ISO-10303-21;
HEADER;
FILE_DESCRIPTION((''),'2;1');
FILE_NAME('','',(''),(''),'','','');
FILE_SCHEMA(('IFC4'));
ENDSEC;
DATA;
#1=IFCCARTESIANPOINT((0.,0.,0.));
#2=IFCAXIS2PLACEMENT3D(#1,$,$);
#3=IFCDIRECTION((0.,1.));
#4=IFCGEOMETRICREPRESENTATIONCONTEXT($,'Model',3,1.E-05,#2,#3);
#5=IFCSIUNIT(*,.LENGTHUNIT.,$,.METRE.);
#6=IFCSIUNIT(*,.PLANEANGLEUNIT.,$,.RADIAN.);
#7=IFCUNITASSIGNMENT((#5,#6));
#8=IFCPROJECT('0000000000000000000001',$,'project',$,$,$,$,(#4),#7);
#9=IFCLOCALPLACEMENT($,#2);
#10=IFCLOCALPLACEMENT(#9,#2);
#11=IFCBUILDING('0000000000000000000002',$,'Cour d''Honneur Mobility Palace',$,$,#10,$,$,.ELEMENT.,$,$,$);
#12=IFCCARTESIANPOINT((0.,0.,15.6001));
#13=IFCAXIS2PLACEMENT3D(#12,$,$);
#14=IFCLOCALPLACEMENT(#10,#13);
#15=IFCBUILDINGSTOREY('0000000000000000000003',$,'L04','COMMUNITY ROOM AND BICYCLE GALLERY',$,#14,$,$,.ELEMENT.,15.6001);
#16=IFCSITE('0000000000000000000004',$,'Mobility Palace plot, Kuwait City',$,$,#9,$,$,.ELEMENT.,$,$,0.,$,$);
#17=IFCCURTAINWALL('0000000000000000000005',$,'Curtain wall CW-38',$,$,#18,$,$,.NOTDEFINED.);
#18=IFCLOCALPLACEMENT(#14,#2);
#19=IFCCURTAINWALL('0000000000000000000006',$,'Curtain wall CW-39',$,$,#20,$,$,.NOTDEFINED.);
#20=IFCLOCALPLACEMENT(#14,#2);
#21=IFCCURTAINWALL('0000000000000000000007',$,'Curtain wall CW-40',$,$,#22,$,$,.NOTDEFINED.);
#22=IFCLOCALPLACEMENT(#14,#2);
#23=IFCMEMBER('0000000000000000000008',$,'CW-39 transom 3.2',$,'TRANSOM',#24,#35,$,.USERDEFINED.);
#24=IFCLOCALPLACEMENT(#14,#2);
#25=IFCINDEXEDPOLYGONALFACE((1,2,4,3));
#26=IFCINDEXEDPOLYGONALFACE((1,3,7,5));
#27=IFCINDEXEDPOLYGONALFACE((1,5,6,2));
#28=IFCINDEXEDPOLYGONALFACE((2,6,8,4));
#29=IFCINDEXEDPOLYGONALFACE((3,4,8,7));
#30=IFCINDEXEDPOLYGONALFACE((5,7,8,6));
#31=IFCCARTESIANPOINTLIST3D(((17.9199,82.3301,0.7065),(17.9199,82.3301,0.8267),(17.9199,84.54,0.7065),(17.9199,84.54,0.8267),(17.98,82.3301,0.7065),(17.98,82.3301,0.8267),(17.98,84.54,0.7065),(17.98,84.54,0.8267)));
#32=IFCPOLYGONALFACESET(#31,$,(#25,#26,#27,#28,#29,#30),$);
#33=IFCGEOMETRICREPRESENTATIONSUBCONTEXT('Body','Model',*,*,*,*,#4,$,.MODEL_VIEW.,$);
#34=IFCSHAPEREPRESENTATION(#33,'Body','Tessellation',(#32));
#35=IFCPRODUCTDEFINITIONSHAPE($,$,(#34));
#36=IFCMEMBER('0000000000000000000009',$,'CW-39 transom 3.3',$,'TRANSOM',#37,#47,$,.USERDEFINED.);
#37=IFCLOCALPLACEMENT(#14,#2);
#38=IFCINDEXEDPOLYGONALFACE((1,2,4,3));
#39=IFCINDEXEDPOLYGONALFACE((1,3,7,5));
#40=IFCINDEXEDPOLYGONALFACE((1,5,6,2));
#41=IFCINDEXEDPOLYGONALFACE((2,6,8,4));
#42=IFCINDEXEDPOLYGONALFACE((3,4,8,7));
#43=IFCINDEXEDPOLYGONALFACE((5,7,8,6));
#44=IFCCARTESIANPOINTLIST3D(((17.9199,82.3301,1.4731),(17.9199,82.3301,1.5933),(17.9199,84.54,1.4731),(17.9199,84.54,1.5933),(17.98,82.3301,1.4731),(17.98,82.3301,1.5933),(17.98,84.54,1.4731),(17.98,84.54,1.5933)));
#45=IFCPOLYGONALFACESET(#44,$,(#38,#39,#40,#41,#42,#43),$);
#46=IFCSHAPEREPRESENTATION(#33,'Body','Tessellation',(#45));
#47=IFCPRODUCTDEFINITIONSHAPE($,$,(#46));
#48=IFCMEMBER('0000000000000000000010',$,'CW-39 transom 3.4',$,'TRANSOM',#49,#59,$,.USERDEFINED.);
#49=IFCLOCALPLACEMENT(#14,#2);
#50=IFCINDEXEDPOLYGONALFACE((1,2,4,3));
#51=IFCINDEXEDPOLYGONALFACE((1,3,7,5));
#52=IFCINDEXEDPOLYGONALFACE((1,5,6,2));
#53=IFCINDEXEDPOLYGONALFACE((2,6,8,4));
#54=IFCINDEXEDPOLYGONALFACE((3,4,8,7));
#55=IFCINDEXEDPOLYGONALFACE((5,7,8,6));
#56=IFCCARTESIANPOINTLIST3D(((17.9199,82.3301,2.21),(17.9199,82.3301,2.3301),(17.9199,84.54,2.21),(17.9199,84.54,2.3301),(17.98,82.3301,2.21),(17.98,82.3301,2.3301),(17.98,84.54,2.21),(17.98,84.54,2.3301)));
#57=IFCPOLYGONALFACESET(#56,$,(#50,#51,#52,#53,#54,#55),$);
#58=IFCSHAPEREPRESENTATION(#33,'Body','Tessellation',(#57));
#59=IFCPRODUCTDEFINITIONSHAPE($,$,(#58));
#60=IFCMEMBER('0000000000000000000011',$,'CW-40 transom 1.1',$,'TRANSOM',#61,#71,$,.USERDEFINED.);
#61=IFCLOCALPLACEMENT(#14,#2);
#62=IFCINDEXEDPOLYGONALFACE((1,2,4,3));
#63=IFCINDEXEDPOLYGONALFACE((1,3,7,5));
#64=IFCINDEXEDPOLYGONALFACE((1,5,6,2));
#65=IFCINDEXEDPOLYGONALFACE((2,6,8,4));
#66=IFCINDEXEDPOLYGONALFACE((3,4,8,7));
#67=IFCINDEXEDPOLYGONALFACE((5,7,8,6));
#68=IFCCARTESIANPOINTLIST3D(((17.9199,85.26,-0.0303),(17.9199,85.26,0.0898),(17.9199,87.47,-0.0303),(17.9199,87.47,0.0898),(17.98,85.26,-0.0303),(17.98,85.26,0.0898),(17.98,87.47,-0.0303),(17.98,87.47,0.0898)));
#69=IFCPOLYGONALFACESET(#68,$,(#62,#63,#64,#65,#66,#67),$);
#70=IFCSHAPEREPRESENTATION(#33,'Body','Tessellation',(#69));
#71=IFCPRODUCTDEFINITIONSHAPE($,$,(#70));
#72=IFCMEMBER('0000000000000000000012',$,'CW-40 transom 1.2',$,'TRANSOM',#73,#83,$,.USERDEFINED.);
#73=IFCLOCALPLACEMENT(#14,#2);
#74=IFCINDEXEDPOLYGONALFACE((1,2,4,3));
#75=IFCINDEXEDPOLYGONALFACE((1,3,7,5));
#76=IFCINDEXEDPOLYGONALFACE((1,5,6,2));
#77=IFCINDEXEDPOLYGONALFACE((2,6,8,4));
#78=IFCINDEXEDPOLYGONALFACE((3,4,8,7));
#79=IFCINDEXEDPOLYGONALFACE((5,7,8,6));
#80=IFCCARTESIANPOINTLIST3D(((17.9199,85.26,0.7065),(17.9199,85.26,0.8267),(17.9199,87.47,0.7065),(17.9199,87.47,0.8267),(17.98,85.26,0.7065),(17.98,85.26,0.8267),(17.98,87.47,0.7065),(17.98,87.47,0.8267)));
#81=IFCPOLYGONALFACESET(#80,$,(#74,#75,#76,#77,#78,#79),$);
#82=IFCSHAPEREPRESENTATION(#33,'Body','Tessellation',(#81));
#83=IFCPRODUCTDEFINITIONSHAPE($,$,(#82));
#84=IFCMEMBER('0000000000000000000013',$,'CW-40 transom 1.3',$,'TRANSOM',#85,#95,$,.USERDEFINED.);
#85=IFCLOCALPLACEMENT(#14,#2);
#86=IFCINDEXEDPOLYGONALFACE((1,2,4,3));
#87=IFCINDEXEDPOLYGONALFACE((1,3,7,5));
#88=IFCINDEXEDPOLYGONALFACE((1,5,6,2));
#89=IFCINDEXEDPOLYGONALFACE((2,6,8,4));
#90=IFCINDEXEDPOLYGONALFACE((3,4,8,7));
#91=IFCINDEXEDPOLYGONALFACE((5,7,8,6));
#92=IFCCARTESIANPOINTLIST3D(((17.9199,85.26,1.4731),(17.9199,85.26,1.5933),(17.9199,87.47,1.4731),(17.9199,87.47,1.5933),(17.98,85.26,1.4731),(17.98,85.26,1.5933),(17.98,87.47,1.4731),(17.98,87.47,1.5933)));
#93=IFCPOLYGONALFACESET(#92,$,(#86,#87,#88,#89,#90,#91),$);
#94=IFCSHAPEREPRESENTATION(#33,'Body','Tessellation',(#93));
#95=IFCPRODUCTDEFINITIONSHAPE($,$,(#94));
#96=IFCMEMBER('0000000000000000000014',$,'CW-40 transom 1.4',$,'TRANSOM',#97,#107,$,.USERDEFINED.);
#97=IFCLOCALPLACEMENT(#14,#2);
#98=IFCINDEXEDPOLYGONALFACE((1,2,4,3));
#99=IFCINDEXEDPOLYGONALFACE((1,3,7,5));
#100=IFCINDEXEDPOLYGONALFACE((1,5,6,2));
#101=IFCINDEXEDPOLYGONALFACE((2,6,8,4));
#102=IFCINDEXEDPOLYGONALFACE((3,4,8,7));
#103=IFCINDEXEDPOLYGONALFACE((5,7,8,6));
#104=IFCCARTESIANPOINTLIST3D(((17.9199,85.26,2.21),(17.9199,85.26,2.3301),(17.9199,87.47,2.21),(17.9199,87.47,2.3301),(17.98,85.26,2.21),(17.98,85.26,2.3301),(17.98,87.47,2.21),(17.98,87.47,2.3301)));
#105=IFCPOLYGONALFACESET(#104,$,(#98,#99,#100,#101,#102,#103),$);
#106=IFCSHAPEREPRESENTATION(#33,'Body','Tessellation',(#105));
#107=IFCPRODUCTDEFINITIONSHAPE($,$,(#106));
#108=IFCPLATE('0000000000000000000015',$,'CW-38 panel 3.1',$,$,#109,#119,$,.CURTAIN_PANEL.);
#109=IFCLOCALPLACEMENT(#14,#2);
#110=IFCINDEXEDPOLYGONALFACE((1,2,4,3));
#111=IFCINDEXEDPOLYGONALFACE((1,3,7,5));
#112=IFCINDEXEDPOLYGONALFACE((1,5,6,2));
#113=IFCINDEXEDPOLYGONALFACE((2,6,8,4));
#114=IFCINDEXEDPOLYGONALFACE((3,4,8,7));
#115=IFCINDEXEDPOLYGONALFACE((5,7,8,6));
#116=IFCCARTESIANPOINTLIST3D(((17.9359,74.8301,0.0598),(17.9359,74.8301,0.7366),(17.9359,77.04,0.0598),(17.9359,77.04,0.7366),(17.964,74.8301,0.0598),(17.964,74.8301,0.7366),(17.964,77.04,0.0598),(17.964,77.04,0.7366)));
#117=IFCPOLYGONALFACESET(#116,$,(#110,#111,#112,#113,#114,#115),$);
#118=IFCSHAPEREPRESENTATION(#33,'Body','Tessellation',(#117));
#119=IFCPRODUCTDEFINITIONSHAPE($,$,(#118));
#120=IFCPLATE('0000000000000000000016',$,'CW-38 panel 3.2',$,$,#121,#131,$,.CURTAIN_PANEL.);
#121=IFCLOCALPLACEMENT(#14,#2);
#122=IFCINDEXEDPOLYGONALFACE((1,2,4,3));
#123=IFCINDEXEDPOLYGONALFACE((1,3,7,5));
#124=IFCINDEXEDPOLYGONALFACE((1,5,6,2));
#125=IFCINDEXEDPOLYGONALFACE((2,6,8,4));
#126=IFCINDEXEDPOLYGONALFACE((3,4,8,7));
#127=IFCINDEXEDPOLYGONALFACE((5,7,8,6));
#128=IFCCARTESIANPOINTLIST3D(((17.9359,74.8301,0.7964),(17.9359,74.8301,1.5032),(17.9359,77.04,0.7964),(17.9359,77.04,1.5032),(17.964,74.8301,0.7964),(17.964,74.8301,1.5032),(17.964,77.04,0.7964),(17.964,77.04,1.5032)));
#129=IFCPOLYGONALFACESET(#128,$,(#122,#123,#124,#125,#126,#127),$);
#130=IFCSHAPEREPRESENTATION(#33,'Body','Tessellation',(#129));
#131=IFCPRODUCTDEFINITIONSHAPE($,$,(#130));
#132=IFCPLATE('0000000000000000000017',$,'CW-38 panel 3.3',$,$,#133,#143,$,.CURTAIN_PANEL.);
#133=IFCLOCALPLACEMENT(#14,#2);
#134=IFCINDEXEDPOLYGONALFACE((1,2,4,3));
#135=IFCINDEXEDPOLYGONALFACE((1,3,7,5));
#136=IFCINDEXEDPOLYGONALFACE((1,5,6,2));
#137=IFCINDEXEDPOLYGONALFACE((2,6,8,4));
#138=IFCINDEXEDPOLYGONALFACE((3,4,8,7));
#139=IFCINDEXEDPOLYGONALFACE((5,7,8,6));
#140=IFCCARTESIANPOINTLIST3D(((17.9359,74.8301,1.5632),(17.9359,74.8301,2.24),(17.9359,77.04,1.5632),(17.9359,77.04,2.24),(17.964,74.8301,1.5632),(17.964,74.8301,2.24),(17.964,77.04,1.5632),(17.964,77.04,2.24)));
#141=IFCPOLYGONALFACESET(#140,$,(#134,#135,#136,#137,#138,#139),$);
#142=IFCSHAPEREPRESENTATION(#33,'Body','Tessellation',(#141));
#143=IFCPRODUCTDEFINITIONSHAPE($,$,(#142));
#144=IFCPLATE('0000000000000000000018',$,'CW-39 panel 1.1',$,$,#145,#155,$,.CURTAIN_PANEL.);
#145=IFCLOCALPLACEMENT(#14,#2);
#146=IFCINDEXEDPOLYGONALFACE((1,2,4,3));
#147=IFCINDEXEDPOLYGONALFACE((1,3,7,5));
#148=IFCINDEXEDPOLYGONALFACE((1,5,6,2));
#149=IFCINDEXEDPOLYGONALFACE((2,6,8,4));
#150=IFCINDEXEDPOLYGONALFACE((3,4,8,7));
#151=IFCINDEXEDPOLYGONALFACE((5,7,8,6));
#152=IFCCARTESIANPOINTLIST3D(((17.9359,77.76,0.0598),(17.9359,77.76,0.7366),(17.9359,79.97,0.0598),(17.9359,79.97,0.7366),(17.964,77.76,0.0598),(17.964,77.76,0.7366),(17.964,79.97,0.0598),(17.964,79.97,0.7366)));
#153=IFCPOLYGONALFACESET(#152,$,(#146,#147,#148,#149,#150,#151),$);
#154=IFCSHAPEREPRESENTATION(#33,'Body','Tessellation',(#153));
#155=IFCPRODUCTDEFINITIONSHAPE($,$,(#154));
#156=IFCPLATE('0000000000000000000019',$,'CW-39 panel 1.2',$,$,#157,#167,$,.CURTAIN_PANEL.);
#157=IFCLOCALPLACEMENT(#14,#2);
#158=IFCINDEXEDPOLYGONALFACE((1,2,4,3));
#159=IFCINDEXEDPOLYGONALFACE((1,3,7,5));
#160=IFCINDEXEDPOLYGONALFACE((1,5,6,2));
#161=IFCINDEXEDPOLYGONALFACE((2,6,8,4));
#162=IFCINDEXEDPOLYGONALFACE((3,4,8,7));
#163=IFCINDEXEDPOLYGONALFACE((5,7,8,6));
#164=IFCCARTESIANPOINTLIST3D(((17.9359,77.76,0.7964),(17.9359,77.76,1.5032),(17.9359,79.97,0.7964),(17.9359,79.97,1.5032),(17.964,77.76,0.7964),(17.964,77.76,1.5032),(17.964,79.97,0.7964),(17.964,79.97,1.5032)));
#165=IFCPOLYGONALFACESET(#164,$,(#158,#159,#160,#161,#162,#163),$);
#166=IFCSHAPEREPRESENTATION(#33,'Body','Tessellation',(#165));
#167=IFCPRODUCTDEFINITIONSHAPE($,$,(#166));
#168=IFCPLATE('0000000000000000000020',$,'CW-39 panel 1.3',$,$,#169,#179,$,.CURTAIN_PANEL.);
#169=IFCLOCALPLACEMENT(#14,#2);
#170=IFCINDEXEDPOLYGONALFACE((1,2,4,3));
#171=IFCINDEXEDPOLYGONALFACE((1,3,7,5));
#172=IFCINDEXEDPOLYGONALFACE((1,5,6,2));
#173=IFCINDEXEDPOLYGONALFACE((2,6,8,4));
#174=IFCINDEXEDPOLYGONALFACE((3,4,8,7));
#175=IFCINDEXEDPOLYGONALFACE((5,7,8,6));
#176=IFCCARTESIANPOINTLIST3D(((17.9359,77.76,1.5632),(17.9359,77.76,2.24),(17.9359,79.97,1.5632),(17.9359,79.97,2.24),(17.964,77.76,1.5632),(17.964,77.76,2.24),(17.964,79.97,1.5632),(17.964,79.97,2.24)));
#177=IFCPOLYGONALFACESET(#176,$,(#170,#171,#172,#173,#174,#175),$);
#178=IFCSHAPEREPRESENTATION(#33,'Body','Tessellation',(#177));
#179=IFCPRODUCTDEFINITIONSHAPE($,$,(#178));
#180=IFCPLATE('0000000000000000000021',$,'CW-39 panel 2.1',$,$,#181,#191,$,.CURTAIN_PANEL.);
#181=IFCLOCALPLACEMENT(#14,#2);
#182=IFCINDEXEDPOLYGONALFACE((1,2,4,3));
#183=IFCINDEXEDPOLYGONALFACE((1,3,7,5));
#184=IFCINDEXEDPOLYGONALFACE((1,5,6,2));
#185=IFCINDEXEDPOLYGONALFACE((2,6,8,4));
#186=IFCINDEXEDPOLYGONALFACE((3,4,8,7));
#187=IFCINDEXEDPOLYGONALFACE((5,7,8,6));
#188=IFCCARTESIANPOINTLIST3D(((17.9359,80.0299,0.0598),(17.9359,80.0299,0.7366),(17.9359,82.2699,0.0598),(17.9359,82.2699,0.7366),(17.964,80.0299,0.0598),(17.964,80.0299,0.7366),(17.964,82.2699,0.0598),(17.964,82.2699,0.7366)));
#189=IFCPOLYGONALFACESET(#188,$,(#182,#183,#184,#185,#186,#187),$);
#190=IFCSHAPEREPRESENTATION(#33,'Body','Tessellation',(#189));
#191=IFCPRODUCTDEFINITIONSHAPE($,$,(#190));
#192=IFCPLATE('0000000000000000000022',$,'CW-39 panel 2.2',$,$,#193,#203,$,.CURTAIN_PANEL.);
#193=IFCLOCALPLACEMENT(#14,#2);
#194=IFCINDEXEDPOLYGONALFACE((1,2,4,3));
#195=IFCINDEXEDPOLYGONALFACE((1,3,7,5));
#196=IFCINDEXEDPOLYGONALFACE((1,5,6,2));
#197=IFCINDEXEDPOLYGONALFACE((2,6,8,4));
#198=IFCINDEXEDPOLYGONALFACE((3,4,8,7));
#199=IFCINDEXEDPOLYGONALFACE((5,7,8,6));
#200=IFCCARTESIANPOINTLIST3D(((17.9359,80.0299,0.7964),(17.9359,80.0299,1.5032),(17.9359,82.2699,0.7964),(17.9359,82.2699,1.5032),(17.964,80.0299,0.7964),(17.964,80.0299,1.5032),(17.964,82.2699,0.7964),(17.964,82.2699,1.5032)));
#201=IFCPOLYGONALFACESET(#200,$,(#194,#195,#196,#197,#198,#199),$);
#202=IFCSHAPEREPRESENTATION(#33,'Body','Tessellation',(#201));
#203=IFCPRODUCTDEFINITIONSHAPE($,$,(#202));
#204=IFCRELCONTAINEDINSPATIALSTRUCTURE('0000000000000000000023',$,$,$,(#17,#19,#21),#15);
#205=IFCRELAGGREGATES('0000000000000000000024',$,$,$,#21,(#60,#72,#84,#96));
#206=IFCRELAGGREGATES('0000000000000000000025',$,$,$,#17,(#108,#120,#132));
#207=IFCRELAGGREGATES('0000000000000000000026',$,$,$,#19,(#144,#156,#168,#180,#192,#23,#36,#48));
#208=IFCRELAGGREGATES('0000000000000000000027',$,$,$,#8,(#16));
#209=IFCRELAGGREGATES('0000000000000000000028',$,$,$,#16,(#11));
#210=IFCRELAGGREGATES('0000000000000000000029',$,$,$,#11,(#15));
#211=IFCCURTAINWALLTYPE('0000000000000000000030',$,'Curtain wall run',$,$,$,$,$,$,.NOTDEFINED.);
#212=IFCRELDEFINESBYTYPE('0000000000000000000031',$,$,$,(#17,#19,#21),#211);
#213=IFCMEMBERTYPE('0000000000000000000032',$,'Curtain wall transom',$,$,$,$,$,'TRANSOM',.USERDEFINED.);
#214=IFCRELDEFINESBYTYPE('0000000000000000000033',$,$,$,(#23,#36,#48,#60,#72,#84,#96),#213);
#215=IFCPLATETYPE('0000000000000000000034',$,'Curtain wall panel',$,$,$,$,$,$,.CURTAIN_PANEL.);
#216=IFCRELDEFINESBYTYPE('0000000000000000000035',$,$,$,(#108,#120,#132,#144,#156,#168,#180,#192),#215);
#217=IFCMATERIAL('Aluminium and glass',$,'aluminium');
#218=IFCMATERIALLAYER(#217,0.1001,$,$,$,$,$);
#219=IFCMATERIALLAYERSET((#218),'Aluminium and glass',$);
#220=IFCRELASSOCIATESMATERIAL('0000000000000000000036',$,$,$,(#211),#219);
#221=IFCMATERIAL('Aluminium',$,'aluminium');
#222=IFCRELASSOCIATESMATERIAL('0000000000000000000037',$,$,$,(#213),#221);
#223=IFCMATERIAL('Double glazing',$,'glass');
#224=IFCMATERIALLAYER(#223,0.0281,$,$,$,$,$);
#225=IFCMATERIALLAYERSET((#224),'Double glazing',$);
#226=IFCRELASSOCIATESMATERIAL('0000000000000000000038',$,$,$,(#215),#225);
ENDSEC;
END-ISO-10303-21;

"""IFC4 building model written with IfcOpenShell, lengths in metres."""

from ifc_helpers import new_model, si_unit, direction, frame, origin, origin_2d, place, context, subcontext, project, spatial, rectangle, extrude, material, layer, layer_set, material_profile, profile_set, type_object, element, aggregate, save


model = new_model("IFC4")

# Units and contexts
model_context = context("Model", 3, precision=1e-05, world=origin(), true_north=direction((0.0, 1.0)))
body_context = subcontext(model_context, "Body", "Model", "MODEL_VIEW")
ifc_project = project(units=[si_unit("LENGTHUNIT", "METRE"), si_unit("PLANEANGLEUNIT", "RADIAN")], contexts=[model_context])

# Site, building, storey
site_placement = place(None, origin())
site = spatial("IfcSite", under=ifc_project, at=site_placement, Name="Mobility Palace plot, Kuwait City", CompositionType="ELEMENT", RefElevation=0.0)
building_placement = place(site_placement, origin())
building = spatial("IfcBuilding", under=site, at=building_placement, Name="Cour d'Honneur Mobility Palace", CompositionType="ELEMENT")
storey_placement = place(building_placement, frame((0.0, 0.0, 15.6001)))
storey = spatial("IfcBuildingStorey", under=building, at=storey_placement, Name="L04", Description="COMMUNITY ROOM AND BICYCLE GALLERY", CompositionType="ELEMENT", Elevation=15.6001)

# Curtain wall
ifc_material_1 = material(Name="Aluminium and glass", Category="aluminium")
ifc_layer_1 = layer(ifc_material_1, 0.1001)
ifc_layer_set_1 = layer_set([ifc_layer_1], Name="Aluminium and glass")
curtain_wall_type = type_object("IfcCurtainWallType", Name="Curtain wall run", PredefinedType="NOTDEFINED", material=ifc_layer_set_1)
curtain_wall_1_placement = place(storey_placement, origin())
curtain_wall_1 = element("IfcCurtainWall", 1, at=curtain_wall_1_placement, inside=storey, type_object=curtain_wall_type, Name="Curtain wall CW-38", PredefinedType="NOTDEFINED")

# Curtain wall
curtain_wall_2_placement = place(storey_placement, origin())
curtain_wall_2 = element("IfcCurtainWall", 2, at=curtain_wall_2_placement, inside=storey, type_object=curtain_wall_type, Name="Curtain wall CW-39", PredefinedType="NOTDEFINED")

# Curtain wall
curtain_wall_3_placement = place(storey_placement, origin())
curtain_wall_3 = element("IfcCurtainWall", 3, at=curtain_wall_3_placement, inside=storey, type_object=curtain_wall_type, Name="Curtain wall CW-40", PredefinedType="NOTDEFINED")

# Members
ifc_material_2 = material(Name="Aluminium", Category="aluminium")
ifc_material_profile_1 = material_profile(ifc_material_2, rectangle(XDim=0.0601, YDim=0.1201, at=origin_2d()), Name="Curtain wall transom")
ifc_profile_set_1 = profile_set([ifc_material_profile_1], Name="Aluminium")
member_type_1 = type_object("IfcMemberType", Name="Curtain wall transom", ElementType="TRANSOM", PredefinedType="USERDEFINED", material=ifc_profile_set_1)
member_1_placement = place(storey_placement, frame((17.95, 82.3301, 0.7666), z_axis=(0.0, 1.0, 0.0), x_axis=(-1.0, 0.0, 0.0)))
member_1 = element("IfcMember", 4, at=member_1_placement, type_object=member_type_1, Name="CW-39 transom 3.2", ObjectType="TRANSOM", PredefinedType="USERDEFINED", context=body_context, shape_type="SweptSolid", body=[
    extrude(rectangle(XDim=0.0601, YDim=0.1201, at=origin_2d()), origin(), (0.0, 0.0, 1.0), 2.21),
])
member_2_placement = place(storey_placement, frame((17.95, 82.3301, 1.5332), z_axis=(0.0, 1.0, 0.0), x_axis=(-1.0, 0.0, 0.0)))
member_2 = element("IfcMember", 5, at=member_2_placement, type_object=member_type_1, Name="CW-39 transom 3.3", ObjectType="TRANSOM", PredefinedType="USERDEFINED", context=body_context, shape_type="SweptSolid", body=[
    extrude(rectangle(XDim=0.0601, YDim=0.1201, at=origin_2d()), origin(), (0.0, 0.0, 1.0), 2.21),
])
member_3_placement = place(storey_placement, frame((17.95, 82.3301, 2.27), z_axis=(0.0, 1.0, 0.0), x_axis=(-1.0, 0.0, 0.0)))
member_3 = element("IfcMember", 6, at=member_3_placement, type_object=member_type_1, Name="CW-39 transom 3.4", ObjectType="TRANSOM", PredefinedType="USERDEFINED", context=body_context, shape_type="SweptSolid", body=[
    extrude(rectangle(XDim=0.0601, YDim=0.1201, at=origin_2d()), origin(), (0.0, 0.0, 1.0), 2.21),
])
member_4_placement = place(storey_placement, frame((17.95, 85.26, 0.0298), z_axis=(0.0, 1.0, 0.0), x_axis=(-1.0, 0.0, 0.0)))
member_4 = element("IfcMember", 7, at=member_4_placement, type_object=member_type_1, Name="CW-40 transom 1.1", ObjectType="TRANSOM", PredefinedType="USERDEFINED", context=body_context, shape_type="SweptSolid", body=[
    extrude(rectangle(XDim=0.0601, YDim=0.1201, at=origin_2d()), origin(), (0.0, 0.0, 1.0), 2.21),
])
member_5_placement = place(storey_placement, frame((17.95, 85.26, 0.7666), z_axis=(0.0, 1.0, 0.0), x_axis=(-1.0, 0.0, 0.0)))
member_5 = element("IfcMember", 8, at=member_5_placement, type_object=member_type_1, Name="CW-40 transom 1.2", ObjectType="TRANSOM", PredefinedType="USERDEFINED", context=body_context, shape_type="SweptSolid", body=[
    extrude(rectangle(XDim=0.0601, YDim=0.1201, at=origin_2d()), origin(), (0.0, 0.0, 1.0), 2.21),
])
member_6_placement = place(storey_placement, frame((17.95, 85.26, 1.5332), z_axis=(0.0, 1.0, 0.0), x_axis=(-1.0, 0.0, 0.0)))
member_6 = element("IfcMember", 9, at=member_6_placement, type_object=member_type_1, Name="CW-40 transom 1.3", ObjectType="TRANSOM", PredefinedType="USERDEFINED", context=body_context, shape_type="SweptSolid", body=[
    extrude(rectangle(XDim=0.0601, YDim=0.1201, at=origin_2d()), origin(), (0.0, 0.0, 1.0), 2.21),
])
member_7_placement = place(storey_placement, frame((17.95, 85.26, 2.27), z_axis=(0.0, 1.0, 0.0), x_axis=(-1.0, 0.0, 0.0)))
member_7 = element("IfcMember", 10, at=member_7_placement, type_object=member_type_1, Name="CW-40 transom 1.4", ObjectType="TRANSOM", PredefinedType="USERDEFINED", context=body_context, shape_type="SweptSolid", body=[
    extrude(rectangle(XDim=0.0601, YDim=0.1201, at=origin_2d()), origin(), (0.0, 0.0, 1.0), 2.21),
])
aggregate(curtain_wall_3, [member_4, member_5, member_6, member_7])

# Plates
ifc_material_3 = material(Name="Double glazing", Category="glass")
ifc_layer_2 = layer(ifc_material_3, 0.0281)
ifc_layer_set_2 = layer_set([ifc_layer_2], Name="Double glazing")
plate_type = type_object("IfcPlateType", Name="Curtain wall panel", PredefinedType="CURTAIN_PANEL", material=ifc_layer_set_2)
plate_1_placement = place(storey_placement, frame((17.95, 75.9351, 0.0598), z_axis=(0.0, 0.0, 1.0), x_axis=(0.0, 1.0, 0.0)))
plate_1 = element("IfcPlate", 11, at=plate_1_placement, type_object=plate_type, Name="CW-38 panel 3.1", PredefinedType="CURTAIN_PANEL", context=body_context, shape_type="SweptSolid", body=[
    extrude(rectangle(XDim=2.21, YDim=0.0281, at=origin_2d()), origin(), (0.0, 0.0, 1.0), 0.6768),
])
plate_2_placement = place(storey_placement, frame((17.95, 75.9351, 0.7964), z_axis=(0.0, 0.0, 1.0), x_axis=(0.0, 1.0, 0.0)))
plate_2 = element("IfcPlate", 12, at=plate_2_placement, type_object=plate_type, Name="CW-38 panel 3.2", PredefinedType="CURTAIN_PANEL", context=body_context, shape_type="SweptSolid", body=[
    extrude(rectangle(XDim=2.21, YDim=0.0281, at=origin_2d()), origin(), (0.0, 0.0, 1.0), 0.7068),
])
plate_3_placement = place(storey_placement, frame((17.95, 75.9351, 1.5632), z_axis=(0.0, 0.0, 1.0), x_axis=(0.0, 1.0, 0.0)))
plate_3 = element("IfcPlate", 13, at=plate_3_placement, type_object=plate_type, Name="CW-38 panel 3.3", PredefinedType="CURTAIN_PANEL", context=body_context, shape_type="SweptSolid", body=[
    extrude(rectangle(XDim=2.21, YDim=0.0281, at=origin_2d()), origin(), (0.0, 0.0, 1.0), 0.6768),
])
aggregate(curtain_wall_1, [plate_1, plate_2, plate_3])
plate_4_placement = place(storey_placement, frame((17.95, 78.865, 0.0598), z_axis=(0.0, 0.0, 1.0), x_axis=(0.0, 1.0, 0.0)))
plate_4 = element("IfcPlate", 14, at=plate_4_placement, type_object=plate_type, Name="CW-39 panel 1.1", PredefinedType="CURTAIN_PANEL", context=body_context, shape_type="SweptSolid", body=[
    extrude(rectangle(XDim=2.21, YDim=0.0281, at=origin_2d()), origin(), (0.0, 0.0, 1.0), 0.6768),
])
plate_5_placement = place(storey_placement, frame((17.95, 78.865, 0.7964), z_axis=(0.0, 0.0, 1.0), x_axis=(0.0, 1.0, 0.0)))
plate_5 = element("IfcPlate", 15, at=plate_5_placement, type_object=plate_type, Name="CW-39 panel 1.2", PredefinedType="CURTAIN_PANEL", context=body_context, shape_type="SweptSolid", body=[
    extrude(rectangle(XDim=2.21, YDim=0.0281, at=origin_2d()), origin(), (0.0, 0.0, 1.0), 0.7068),
])
plate_6_placement = place(storey_placement, frame((17.95, 78.865, 1.5632), z_axis=(0.0, 0.0, 1.0), x_axis=(0.0, 1.0, 0.0)))
plate_6 = element("IfcPlate", 16, at=plate_6_placement, type_object=plate_type, Name="CW-39 panel 1.3", PredefinedType="CURTAIN_PANEL", context=body_context, shape_type="SweptSolid", body=[
    extrude(rectangle(XDim=2.21, YDim=0.0281, at=origin_2d()), origin(), (0.0, 0.0, 1.0), 0.6768),
])
plate_7_placement = place(storey_placement, frame((17.95, 81.1499, 0.0598), z_axis=(0.0, 0.0, 1.0), x_axis=(0.0, 1.0, 0.0)))
plate_7 = element("IfcPlate", 17, at=plate_7_placement, type_object=plate_type, Name="CW-39 panel 2.1", PredefinedType="CURTAIN_PANEL", context=body_context, shape_type="SweptSolid", body=[
    extrude(rectangle(XDim=2.24, YDim=0.0281, at=origin_2d()), origin(), (0.0, 0.0, 1.0), 0.6768),
])
plate_8_placement = place(storey_placement, frame((17.95, 81.1499, 0.7964), z_axis=(0.0, 0.0, 1.0), x_axis=(0.0, 1.0, 0.0)))
plate_8 = element("IfcPlate", 18, at=plate_8_placement, type_object=plate_type, Name="CW-39 panel 2.2", PredefinedType="CURTAIN_PANEL", context=body_context, shape_type="SweptSolid", body=[
    extrude(rectangle(XDim=2.24, YDim=0.0281, at=origin_2d()), origin(), (0.0, 0.0, 1.0), 0.7068),
])
aggregate(curtain_wall_2, [plate_4, plate_5, plate_6, plate_7, plate_8, member_1, member_2, member_3])

save(model, "model.ifc")
